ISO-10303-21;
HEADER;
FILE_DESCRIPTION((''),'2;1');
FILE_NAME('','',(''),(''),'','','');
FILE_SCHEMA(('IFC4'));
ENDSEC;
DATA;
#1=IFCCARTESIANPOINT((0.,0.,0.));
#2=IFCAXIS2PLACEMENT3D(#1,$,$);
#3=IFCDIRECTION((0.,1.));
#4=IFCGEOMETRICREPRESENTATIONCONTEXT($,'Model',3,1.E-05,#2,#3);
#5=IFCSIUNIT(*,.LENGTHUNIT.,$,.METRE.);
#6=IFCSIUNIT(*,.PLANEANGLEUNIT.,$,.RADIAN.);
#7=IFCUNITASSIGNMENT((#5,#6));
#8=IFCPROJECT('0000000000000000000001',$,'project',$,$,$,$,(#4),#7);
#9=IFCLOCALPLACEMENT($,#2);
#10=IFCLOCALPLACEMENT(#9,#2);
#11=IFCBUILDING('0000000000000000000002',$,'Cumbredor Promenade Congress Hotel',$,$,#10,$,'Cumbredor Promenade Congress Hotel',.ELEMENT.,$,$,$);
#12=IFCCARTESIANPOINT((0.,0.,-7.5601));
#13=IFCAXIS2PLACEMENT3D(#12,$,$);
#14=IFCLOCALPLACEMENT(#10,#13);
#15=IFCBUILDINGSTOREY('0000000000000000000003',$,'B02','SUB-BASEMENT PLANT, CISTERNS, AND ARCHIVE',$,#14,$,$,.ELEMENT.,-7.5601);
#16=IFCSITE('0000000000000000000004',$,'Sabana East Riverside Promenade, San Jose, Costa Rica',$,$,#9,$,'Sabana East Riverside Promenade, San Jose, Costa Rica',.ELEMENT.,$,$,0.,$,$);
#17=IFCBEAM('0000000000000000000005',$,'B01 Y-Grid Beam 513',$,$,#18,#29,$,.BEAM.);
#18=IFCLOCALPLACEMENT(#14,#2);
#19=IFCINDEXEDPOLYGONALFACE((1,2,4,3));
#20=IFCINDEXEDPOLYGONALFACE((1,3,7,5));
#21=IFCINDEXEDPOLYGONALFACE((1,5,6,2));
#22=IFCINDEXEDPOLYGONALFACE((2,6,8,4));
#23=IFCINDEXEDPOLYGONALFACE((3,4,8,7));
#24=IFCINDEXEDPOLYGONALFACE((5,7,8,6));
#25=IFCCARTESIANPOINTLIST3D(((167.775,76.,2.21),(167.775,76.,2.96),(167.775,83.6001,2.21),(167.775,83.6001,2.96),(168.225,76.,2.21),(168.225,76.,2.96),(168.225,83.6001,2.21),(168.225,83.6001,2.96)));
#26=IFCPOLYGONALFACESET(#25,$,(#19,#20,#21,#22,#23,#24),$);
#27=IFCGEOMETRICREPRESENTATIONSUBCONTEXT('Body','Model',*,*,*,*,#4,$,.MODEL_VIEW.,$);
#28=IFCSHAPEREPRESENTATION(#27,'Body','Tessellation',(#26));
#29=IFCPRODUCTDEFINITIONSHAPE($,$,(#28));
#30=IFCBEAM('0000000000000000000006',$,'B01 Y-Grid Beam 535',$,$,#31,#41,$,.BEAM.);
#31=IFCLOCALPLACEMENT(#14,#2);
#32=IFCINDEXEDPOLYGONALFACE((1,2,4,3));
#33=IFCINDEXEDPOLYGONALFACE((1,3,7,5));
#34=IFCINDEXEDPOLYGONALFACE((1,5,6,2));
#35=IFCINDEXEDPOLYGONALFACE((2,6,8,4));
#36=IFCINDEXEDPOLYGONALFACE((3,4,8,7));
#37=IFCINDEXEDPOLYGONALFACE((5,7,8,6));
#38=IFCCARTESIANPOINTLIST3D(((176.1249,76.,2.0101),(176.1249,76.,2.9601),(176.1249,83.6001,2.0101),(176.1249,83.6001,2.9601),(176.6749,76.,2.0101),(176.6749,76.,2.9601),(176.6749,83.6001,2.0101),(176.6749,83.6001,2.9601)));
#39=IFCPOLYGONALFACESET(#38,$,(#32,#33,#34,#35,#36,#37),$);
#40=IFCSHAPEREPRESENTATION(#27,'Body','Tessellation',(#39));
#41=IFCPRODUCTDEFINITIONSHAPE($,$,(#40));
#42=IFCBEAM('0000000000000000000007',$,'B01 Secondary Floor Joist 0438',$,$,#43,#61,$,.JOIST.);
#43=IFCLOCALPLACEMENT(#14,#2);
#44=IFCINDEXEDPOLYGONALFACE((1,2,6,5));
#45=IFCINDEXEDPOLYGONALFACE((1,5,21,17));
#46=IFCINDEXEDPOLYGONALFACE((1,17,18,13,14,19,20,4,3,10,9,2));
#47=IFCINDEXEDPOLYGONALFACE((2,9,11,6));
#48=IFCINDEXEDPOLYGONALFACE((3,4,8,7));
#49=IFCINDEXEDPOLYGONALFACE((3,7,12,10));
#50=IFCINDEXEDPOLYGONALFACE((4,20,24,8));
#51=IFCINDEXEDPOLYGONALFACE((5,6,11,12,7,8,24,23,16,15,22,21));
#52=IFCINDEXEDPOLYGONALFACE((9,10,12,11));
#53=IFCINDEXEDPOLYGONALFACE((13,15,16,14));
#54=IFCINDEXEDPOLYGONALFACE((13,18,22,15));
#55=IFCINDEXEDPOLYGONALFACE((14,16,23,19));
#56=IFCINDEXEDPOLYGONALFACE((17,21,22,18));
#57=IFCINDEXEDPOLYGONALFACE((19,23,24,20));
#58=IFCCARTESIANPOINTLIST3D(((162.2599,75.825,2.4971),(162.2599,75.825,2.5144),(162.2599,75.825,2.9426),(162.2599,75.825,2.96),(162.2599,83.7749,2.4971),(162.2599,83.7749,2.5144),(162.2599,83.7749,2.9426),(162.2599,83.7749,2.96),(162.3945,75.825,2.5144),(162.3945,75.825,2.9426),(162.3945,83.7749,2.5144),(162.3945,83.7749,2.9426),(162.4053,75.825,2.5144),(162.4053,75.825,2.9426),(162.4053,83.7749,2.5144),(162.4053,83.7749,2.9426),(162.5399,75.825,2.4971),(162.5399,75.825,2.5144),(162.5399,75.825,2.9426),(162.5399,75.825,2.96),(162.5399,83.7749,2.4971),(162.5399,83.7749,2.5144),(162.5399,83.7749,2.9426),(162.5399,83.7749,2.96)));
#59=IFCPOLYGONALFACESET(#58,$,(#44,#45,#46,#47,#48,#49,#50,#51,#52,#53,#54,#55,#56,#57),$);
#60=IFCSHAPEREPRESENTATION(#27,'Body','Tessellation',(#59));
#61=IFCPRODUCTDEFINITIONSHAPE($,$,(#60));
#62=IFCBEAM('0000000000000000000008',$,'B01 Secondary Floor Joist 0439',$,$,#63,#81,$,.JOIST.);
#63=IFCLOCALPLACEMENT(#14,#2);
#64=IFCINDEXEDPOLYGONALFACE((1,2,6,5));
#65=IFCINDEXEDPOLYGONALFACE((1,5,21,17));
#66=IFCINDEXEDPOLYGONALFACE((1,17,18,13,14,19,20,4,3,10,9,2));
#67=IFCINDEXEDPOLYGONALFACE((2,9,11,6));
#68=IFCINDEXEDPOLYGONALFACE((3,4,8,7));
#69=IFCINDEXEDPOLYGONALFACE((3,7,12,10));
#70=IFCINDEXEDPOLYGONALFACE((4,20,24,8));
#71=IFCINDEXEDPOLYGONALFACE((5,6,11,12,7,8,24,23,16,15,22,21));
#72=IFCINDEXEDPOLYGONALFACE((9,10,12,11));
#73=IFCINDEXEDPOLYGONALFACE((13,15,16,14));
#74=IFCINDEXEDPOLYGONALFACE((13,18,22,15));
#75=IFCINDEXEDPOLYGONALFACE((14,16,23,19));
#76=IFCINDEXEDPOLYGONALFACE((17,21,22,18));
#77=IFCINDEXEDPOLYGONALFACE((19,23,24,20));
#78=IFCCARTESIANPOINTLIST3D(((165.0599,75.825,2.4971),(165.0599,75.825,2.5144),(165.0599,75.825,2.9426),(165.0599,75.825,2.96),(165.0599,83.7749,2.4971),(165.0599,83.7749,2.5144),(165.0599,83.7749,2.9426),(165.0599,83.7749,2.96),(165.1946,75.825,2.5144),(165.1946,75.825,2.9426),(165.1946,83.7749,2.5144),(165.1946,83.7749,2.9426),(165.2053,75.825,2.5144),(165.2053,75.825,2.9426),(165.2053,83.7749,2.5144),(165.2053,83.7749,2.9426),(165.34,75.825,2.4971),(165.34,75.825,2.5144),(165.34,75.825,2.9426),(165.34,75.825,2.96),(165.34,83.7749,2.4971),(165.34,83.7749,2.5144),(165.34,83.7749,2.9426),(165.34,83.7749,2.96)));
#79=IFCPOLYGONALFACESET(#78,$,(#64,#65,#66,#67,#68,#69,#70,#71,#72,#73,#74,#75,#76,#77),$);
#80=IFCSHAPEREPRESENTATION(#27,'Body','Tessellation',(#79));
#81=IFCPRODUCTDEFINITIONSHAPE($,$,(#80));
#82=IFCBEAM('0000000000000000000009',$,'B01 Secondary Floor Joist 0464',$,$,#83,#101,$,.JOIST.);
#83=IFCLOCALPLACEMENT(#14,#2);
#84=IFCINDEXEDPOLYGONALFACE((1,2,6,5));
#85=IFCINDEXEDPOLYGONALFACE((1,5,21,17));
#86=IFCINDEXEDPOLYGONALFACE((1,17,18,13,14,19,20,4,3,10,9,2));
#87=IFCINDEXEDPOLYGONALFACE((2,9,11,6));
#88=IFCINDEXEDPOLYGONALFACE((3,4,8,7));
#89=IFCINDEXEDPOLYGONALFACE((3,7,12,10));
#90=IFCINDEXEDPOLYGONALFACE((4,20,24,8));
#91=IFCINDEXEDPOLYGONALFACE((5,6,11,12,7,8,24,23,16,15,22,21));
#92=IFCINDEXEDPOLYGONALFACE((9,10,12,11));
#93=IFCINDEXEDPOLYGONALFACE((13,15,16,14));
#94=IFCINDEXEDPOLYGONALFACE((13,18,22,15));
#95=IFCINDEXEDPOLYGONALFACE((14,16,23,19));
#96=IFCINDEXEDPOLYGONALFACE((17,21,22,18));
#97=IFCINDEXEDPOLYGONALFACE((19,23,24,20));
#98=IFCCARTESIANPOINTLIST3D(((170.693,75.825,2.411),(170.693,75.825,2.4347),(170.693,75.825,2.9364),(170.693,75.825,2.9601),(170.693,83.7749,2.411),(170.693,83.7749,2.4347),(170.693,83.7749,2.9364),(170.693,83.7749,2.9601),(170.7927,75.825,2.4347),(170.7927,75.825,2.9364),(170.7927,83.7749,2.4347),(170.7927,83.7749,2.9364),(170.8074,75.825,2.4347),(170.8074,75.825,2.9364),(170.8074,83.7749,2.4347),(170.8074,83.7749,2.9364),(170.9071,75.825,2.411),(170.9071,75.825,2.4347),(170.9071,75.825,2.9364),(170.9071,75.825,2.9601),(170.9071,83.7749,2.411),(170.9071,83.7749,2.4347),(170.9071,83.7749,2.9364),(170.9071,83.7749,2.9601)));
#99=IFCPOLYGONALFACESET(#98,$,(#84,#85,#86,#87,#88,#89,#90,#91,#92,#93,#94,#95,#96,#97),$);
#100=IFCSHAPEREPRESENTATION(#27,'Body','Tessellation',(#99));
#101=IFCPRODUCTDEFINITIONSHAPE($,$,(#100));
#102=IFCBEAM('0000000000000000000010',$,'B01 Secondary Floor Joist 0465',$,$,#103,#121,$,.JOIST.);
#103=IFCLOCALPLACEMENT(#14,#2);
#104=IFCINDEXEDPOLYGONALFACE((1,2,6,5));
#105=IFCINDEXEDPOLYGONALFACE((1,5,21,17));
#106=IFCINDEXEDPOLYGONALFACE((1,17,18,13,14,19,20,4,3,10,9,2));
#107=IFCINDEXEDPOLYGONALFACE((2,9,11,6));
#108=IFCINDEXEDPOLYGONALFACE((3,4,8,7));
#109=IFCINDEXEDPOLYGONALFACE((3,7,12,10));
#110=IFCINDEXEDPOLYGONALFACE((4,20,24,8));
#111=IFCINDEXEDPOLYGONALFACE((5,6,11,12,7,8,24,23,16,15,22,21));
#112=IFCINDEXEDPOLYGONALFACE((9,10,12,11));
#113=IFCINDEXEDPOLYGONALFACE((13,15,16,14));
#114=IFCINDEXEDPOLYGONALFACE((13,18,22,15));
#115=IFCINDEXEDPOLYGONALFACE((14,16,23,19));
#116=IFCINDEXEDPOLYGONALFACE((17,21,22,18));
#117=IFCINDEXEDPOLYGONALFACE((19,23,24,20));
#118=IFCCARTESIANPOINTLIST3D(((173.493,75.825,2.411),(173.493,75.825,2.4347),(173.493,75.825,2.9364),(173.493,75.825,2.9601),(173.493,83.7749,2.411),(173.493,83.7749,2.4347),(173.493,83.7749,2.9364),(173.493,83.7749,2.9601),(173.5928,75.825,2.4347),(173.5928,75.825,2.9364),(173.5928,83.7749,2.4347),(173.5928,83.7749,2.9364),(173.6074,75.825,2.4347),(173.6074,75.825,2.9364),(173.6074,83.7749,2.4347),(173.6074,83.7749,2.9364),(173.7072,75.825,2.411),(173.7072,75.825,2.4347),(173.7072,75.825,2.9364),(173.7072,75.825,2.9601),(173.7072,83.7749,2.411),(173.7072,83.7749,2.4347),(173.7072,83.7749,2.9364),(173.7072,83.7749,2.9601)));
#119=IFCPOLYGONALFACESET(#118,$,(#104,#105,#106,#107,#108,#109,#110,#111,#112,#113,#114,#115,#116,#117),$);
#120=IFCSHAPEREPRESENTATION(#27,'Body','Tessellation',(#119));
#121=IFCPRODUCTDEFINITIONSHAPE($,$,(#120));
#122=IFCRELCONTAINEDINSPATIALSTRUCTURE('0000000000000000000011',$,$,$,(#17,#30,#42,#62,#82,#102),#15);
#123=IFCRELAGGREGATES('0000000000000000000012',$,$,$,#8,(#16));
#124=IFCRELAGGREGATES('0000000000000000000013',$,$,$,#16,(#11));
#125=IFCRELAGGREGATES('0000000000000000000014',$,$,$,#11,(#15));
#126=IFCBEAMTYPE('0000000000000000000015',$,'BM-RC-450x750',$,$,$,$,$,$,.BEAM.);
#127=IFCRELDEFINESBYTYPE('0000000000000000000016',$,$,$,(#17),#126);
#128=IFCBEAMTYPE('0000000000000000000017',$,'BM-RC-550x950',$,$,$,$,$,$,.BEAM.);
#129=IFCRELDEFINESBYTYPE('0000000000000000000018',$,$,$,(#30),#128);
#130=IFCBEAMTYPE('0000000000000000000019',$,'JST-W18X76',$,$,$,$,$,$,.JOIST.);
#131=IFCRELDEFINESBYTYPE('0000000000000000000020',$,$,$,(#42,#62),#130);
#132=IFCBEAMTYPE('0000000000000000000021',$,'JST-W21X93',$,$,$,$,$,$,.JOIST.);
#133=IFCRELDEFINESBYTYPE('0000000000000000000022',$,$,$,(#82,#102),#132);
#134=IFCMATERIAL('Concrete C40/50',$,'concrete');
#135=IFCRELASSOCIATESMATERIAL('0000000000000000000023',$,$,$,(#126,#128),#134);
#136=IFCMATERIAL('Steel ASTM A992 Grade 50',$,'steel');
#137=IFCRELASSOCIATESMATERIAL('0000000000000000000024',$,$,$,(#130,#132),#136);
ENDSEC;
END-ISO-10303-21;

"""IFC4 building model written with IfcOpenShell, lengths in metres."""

from ifc_helpers import new_model, si_unit, direction, frame, origin, origin_2d, place, context, subcontext, project, spatial, rectangle, i_section, extrude, material, material_profile, profile_set, type_object, element, save


model = new_model("IFC4")

# Units and contexts
model_context = context("Model", 3, precision=1e-05, world=origin(), true_north=direction((0.0, 1.0)))
body_context = subcontext(model_context, "Body", "Model", "MODEL_VIEW")
ifc_project = project(units=[si_unit("LENGTHUNIT", "METRE"), si_unit("PLANEANGLEUNIT", "RADIAN")], contexts=[model_context])

# Site, building, storey
site_placement = place(None, origin())
site = spatial("IfcSite", under=ifc_project, at=site_placement, Name="Sabana East Riverside Promenade, San Jose, Costa Rica", LongName="Sabana East Riverside Promenade, San Jose, Costa Rica", CompositionType="ELEMENT", RefElevation=0.0)
building_placement = place(site_placement, origin())
building = spatial("IfcBuilding", under=site, at=building_placement, Name="Cumbredor Promenade Congress Hotel", LongName="Cumbredor Promenade Congress Hotel", CompositionType="ELEMENT")
storey_placement = place(building_placement, frame((0.0, 0.0, -7.5601)))
storey = spatial("IfcBuildingStorey", under=building, at=storey_placement, Name="B02", Description="SUB-BASEMENT PLANT, CISTERNS, AND ARCHIVE", CompositionType="ELEMENT", Elevation=-7.5601)

# Shared definitions
ifc_material_1 = material(Name="Concrete C40/50", Category="concrete")

# Beams
ifc_material_profile_1 = material_profile(ifc_material_1, rectangle(XDim=0.45, YDim=0.75, at=origin_2d()), Name="RC BEAM 450x750")
ifc_profile_set_1 = profile_set([ifc_material_profile_1], Name="Concrete C40/50")
beam_type_1 = type_object("IfcBeamType", Name="BM-RC-450x750", PredefinedType="BEAM", material=ifc_profile_set_1)
for number, where, z_axis, x_axis, name in (
    (1, (168.0, 76.0, 2.585), (0.0, 1.0, 0.0), (-1.0, 0.0, 0.0), "B01 Y-Grid Beam 513"),
):
    element("IfcBeam", number, at=place(storey_placement, frame(where, z_axis=z_axis, x_axis=x_axis)), inside=storey, type_object=beam_type_1, Name=name, PredefinedType="BEAM", context=body_context, shape_type="SweptSolid", body=[
        extrude(rectangle(XDim=0.45, YDim=0.75, at=origin_2d()), origin(), (0.0, 0.0, 1.0), 7.6001),
    ])
ifc_material_profile_2 = material_profile(ifc_material_1, rectangle(XDim=0.55, YDim=0.95, at=origin_2d()), Name="RC BEAM 550x950")
ifc_profile_set_2 = profile_set([ifc_material_profile_2], Name="Concrete C40/50")
beam_type_2 = type_object("IfcBeamType", Name="BM-RC-550x950", PredefinedType="BEAM", material=ifc_profile_set_2)
beam_placement = place(storey_placement, frame((176.3999, 76.0, 2.4851), z_axis=(0.0, 1.0, 0.0), x_axis=(-1.0, 0.0, 0.0)))
element("IfcBeam", 2, at=beam_placement, inside=storey, type_object=beam_type_2, Name="B01 Y-Grid Beam 535", PredefinedType="BEAM", context=body_context, shape_type="SweptSolid", body=[
    extrude(rectangle(XDim=0.55, YDim=0.95, at=origin_2d()), origin(), (0.0, 0.0, 1.0), 7.6001),
])
ifc_material_2 = material(Name="Steel ASTM A992 Grade 50", Category="steel")
ifc_material_profile_3 = material_profile(ifc_material_2, i_section(OverallWidth=0.28, OverallDepth=0.4629, WebThickness=0.0107, FlangeThickness=0.0173, at=origin_2d()), Name="W18X76")
ifc_profile_set_3 = profile_set([ifc_material_profile_3], Name="Steel ASTM A992 Grade 50")
beam_type_3 = type_object("IfcBeamType", Name="JST-W18X76", PredefinedType="JOIST", material=ifc_profile_set_3)
for number, where, z_axis, x_axis, name in (
    (3, (162.3999, 75.825, 2.7285), (0.0, 1.0, 0.0), (-1.0, 0.0, 0.0), "B01 Secondary Floor Joist 0438"),
    (4, (165.2, 75.825, 2.7285), (0.0, 1.0, 0.0), (-1.0, 0.0, 0.0), "B01 Secondary Floor Joist 0439"),
):
    element("IfcBeam", number, at=place(storey_placement, frame(where, z_axis=z_axis, x_axis=x_axis)), inside=storey, type_object=beam_type_3, Name=name, PredefinedType="JOIST", context=body_context, shape_type="SweptSolid", body=[
        extrude(i_section(OverallWidth=0.28, OverallDepth=0.4629, WebThickness=0.0107, FlangeThickness=0.0173, at=origin_2d()), origin(), (0.0, 0.0, 1.0), 7.95),
    ])
ifc_material_profile_4 = material_profile(ifc_material_2, i_section(OverallWidth=0.2141, OverallDepth=0.5491, WebThickness=0.0146, FlangeThickness=0.0237, at=origin_2d()), Name="W21X93")
ifc_profile_set_4 = profile_set([ifc_material_profile_4], Name="Steel ASTM A992 Grade 50")
beam_type_4 = type_object("IfcBeamType", Name="JST-W21X93", PredefinedType="JOIST", material=ifc_profile_set_4)
for number, where, z_axis, x_axis, name in (
    (5, (170.8, 75.825, 2.6855), (0.0, 1.0, 0.0), (-1.0, 0.0, 0.0), "B01 Secondary Floor Joist 0464"),
    (6, (173.6001, 75.825, 2.6855), (0.0, 1.0, 0.0), (-1.0, 0.0, 0.0), "B01 Secondary Floor Joist 0465"),
):
    element("IfcBeam", number, at=place(storey_placement, frame(where, z_axis=z_axis, x_axis=x_axis)), inside=storey, type_object=beam_type_4, Name=name, PredefinedType="JOIST", context=body_context, shape_type="SweptSolid", body=[
        extrude(i_section(OverallWidth=0.2141, OverallDepth=0.5491, WebThickness=0.0146, FlangeThickness=0.0237, at=origin_2d()), origin(), (0.0, 0.0, 1.0), 7.95),
    ])

save(model, "model.ifc")
